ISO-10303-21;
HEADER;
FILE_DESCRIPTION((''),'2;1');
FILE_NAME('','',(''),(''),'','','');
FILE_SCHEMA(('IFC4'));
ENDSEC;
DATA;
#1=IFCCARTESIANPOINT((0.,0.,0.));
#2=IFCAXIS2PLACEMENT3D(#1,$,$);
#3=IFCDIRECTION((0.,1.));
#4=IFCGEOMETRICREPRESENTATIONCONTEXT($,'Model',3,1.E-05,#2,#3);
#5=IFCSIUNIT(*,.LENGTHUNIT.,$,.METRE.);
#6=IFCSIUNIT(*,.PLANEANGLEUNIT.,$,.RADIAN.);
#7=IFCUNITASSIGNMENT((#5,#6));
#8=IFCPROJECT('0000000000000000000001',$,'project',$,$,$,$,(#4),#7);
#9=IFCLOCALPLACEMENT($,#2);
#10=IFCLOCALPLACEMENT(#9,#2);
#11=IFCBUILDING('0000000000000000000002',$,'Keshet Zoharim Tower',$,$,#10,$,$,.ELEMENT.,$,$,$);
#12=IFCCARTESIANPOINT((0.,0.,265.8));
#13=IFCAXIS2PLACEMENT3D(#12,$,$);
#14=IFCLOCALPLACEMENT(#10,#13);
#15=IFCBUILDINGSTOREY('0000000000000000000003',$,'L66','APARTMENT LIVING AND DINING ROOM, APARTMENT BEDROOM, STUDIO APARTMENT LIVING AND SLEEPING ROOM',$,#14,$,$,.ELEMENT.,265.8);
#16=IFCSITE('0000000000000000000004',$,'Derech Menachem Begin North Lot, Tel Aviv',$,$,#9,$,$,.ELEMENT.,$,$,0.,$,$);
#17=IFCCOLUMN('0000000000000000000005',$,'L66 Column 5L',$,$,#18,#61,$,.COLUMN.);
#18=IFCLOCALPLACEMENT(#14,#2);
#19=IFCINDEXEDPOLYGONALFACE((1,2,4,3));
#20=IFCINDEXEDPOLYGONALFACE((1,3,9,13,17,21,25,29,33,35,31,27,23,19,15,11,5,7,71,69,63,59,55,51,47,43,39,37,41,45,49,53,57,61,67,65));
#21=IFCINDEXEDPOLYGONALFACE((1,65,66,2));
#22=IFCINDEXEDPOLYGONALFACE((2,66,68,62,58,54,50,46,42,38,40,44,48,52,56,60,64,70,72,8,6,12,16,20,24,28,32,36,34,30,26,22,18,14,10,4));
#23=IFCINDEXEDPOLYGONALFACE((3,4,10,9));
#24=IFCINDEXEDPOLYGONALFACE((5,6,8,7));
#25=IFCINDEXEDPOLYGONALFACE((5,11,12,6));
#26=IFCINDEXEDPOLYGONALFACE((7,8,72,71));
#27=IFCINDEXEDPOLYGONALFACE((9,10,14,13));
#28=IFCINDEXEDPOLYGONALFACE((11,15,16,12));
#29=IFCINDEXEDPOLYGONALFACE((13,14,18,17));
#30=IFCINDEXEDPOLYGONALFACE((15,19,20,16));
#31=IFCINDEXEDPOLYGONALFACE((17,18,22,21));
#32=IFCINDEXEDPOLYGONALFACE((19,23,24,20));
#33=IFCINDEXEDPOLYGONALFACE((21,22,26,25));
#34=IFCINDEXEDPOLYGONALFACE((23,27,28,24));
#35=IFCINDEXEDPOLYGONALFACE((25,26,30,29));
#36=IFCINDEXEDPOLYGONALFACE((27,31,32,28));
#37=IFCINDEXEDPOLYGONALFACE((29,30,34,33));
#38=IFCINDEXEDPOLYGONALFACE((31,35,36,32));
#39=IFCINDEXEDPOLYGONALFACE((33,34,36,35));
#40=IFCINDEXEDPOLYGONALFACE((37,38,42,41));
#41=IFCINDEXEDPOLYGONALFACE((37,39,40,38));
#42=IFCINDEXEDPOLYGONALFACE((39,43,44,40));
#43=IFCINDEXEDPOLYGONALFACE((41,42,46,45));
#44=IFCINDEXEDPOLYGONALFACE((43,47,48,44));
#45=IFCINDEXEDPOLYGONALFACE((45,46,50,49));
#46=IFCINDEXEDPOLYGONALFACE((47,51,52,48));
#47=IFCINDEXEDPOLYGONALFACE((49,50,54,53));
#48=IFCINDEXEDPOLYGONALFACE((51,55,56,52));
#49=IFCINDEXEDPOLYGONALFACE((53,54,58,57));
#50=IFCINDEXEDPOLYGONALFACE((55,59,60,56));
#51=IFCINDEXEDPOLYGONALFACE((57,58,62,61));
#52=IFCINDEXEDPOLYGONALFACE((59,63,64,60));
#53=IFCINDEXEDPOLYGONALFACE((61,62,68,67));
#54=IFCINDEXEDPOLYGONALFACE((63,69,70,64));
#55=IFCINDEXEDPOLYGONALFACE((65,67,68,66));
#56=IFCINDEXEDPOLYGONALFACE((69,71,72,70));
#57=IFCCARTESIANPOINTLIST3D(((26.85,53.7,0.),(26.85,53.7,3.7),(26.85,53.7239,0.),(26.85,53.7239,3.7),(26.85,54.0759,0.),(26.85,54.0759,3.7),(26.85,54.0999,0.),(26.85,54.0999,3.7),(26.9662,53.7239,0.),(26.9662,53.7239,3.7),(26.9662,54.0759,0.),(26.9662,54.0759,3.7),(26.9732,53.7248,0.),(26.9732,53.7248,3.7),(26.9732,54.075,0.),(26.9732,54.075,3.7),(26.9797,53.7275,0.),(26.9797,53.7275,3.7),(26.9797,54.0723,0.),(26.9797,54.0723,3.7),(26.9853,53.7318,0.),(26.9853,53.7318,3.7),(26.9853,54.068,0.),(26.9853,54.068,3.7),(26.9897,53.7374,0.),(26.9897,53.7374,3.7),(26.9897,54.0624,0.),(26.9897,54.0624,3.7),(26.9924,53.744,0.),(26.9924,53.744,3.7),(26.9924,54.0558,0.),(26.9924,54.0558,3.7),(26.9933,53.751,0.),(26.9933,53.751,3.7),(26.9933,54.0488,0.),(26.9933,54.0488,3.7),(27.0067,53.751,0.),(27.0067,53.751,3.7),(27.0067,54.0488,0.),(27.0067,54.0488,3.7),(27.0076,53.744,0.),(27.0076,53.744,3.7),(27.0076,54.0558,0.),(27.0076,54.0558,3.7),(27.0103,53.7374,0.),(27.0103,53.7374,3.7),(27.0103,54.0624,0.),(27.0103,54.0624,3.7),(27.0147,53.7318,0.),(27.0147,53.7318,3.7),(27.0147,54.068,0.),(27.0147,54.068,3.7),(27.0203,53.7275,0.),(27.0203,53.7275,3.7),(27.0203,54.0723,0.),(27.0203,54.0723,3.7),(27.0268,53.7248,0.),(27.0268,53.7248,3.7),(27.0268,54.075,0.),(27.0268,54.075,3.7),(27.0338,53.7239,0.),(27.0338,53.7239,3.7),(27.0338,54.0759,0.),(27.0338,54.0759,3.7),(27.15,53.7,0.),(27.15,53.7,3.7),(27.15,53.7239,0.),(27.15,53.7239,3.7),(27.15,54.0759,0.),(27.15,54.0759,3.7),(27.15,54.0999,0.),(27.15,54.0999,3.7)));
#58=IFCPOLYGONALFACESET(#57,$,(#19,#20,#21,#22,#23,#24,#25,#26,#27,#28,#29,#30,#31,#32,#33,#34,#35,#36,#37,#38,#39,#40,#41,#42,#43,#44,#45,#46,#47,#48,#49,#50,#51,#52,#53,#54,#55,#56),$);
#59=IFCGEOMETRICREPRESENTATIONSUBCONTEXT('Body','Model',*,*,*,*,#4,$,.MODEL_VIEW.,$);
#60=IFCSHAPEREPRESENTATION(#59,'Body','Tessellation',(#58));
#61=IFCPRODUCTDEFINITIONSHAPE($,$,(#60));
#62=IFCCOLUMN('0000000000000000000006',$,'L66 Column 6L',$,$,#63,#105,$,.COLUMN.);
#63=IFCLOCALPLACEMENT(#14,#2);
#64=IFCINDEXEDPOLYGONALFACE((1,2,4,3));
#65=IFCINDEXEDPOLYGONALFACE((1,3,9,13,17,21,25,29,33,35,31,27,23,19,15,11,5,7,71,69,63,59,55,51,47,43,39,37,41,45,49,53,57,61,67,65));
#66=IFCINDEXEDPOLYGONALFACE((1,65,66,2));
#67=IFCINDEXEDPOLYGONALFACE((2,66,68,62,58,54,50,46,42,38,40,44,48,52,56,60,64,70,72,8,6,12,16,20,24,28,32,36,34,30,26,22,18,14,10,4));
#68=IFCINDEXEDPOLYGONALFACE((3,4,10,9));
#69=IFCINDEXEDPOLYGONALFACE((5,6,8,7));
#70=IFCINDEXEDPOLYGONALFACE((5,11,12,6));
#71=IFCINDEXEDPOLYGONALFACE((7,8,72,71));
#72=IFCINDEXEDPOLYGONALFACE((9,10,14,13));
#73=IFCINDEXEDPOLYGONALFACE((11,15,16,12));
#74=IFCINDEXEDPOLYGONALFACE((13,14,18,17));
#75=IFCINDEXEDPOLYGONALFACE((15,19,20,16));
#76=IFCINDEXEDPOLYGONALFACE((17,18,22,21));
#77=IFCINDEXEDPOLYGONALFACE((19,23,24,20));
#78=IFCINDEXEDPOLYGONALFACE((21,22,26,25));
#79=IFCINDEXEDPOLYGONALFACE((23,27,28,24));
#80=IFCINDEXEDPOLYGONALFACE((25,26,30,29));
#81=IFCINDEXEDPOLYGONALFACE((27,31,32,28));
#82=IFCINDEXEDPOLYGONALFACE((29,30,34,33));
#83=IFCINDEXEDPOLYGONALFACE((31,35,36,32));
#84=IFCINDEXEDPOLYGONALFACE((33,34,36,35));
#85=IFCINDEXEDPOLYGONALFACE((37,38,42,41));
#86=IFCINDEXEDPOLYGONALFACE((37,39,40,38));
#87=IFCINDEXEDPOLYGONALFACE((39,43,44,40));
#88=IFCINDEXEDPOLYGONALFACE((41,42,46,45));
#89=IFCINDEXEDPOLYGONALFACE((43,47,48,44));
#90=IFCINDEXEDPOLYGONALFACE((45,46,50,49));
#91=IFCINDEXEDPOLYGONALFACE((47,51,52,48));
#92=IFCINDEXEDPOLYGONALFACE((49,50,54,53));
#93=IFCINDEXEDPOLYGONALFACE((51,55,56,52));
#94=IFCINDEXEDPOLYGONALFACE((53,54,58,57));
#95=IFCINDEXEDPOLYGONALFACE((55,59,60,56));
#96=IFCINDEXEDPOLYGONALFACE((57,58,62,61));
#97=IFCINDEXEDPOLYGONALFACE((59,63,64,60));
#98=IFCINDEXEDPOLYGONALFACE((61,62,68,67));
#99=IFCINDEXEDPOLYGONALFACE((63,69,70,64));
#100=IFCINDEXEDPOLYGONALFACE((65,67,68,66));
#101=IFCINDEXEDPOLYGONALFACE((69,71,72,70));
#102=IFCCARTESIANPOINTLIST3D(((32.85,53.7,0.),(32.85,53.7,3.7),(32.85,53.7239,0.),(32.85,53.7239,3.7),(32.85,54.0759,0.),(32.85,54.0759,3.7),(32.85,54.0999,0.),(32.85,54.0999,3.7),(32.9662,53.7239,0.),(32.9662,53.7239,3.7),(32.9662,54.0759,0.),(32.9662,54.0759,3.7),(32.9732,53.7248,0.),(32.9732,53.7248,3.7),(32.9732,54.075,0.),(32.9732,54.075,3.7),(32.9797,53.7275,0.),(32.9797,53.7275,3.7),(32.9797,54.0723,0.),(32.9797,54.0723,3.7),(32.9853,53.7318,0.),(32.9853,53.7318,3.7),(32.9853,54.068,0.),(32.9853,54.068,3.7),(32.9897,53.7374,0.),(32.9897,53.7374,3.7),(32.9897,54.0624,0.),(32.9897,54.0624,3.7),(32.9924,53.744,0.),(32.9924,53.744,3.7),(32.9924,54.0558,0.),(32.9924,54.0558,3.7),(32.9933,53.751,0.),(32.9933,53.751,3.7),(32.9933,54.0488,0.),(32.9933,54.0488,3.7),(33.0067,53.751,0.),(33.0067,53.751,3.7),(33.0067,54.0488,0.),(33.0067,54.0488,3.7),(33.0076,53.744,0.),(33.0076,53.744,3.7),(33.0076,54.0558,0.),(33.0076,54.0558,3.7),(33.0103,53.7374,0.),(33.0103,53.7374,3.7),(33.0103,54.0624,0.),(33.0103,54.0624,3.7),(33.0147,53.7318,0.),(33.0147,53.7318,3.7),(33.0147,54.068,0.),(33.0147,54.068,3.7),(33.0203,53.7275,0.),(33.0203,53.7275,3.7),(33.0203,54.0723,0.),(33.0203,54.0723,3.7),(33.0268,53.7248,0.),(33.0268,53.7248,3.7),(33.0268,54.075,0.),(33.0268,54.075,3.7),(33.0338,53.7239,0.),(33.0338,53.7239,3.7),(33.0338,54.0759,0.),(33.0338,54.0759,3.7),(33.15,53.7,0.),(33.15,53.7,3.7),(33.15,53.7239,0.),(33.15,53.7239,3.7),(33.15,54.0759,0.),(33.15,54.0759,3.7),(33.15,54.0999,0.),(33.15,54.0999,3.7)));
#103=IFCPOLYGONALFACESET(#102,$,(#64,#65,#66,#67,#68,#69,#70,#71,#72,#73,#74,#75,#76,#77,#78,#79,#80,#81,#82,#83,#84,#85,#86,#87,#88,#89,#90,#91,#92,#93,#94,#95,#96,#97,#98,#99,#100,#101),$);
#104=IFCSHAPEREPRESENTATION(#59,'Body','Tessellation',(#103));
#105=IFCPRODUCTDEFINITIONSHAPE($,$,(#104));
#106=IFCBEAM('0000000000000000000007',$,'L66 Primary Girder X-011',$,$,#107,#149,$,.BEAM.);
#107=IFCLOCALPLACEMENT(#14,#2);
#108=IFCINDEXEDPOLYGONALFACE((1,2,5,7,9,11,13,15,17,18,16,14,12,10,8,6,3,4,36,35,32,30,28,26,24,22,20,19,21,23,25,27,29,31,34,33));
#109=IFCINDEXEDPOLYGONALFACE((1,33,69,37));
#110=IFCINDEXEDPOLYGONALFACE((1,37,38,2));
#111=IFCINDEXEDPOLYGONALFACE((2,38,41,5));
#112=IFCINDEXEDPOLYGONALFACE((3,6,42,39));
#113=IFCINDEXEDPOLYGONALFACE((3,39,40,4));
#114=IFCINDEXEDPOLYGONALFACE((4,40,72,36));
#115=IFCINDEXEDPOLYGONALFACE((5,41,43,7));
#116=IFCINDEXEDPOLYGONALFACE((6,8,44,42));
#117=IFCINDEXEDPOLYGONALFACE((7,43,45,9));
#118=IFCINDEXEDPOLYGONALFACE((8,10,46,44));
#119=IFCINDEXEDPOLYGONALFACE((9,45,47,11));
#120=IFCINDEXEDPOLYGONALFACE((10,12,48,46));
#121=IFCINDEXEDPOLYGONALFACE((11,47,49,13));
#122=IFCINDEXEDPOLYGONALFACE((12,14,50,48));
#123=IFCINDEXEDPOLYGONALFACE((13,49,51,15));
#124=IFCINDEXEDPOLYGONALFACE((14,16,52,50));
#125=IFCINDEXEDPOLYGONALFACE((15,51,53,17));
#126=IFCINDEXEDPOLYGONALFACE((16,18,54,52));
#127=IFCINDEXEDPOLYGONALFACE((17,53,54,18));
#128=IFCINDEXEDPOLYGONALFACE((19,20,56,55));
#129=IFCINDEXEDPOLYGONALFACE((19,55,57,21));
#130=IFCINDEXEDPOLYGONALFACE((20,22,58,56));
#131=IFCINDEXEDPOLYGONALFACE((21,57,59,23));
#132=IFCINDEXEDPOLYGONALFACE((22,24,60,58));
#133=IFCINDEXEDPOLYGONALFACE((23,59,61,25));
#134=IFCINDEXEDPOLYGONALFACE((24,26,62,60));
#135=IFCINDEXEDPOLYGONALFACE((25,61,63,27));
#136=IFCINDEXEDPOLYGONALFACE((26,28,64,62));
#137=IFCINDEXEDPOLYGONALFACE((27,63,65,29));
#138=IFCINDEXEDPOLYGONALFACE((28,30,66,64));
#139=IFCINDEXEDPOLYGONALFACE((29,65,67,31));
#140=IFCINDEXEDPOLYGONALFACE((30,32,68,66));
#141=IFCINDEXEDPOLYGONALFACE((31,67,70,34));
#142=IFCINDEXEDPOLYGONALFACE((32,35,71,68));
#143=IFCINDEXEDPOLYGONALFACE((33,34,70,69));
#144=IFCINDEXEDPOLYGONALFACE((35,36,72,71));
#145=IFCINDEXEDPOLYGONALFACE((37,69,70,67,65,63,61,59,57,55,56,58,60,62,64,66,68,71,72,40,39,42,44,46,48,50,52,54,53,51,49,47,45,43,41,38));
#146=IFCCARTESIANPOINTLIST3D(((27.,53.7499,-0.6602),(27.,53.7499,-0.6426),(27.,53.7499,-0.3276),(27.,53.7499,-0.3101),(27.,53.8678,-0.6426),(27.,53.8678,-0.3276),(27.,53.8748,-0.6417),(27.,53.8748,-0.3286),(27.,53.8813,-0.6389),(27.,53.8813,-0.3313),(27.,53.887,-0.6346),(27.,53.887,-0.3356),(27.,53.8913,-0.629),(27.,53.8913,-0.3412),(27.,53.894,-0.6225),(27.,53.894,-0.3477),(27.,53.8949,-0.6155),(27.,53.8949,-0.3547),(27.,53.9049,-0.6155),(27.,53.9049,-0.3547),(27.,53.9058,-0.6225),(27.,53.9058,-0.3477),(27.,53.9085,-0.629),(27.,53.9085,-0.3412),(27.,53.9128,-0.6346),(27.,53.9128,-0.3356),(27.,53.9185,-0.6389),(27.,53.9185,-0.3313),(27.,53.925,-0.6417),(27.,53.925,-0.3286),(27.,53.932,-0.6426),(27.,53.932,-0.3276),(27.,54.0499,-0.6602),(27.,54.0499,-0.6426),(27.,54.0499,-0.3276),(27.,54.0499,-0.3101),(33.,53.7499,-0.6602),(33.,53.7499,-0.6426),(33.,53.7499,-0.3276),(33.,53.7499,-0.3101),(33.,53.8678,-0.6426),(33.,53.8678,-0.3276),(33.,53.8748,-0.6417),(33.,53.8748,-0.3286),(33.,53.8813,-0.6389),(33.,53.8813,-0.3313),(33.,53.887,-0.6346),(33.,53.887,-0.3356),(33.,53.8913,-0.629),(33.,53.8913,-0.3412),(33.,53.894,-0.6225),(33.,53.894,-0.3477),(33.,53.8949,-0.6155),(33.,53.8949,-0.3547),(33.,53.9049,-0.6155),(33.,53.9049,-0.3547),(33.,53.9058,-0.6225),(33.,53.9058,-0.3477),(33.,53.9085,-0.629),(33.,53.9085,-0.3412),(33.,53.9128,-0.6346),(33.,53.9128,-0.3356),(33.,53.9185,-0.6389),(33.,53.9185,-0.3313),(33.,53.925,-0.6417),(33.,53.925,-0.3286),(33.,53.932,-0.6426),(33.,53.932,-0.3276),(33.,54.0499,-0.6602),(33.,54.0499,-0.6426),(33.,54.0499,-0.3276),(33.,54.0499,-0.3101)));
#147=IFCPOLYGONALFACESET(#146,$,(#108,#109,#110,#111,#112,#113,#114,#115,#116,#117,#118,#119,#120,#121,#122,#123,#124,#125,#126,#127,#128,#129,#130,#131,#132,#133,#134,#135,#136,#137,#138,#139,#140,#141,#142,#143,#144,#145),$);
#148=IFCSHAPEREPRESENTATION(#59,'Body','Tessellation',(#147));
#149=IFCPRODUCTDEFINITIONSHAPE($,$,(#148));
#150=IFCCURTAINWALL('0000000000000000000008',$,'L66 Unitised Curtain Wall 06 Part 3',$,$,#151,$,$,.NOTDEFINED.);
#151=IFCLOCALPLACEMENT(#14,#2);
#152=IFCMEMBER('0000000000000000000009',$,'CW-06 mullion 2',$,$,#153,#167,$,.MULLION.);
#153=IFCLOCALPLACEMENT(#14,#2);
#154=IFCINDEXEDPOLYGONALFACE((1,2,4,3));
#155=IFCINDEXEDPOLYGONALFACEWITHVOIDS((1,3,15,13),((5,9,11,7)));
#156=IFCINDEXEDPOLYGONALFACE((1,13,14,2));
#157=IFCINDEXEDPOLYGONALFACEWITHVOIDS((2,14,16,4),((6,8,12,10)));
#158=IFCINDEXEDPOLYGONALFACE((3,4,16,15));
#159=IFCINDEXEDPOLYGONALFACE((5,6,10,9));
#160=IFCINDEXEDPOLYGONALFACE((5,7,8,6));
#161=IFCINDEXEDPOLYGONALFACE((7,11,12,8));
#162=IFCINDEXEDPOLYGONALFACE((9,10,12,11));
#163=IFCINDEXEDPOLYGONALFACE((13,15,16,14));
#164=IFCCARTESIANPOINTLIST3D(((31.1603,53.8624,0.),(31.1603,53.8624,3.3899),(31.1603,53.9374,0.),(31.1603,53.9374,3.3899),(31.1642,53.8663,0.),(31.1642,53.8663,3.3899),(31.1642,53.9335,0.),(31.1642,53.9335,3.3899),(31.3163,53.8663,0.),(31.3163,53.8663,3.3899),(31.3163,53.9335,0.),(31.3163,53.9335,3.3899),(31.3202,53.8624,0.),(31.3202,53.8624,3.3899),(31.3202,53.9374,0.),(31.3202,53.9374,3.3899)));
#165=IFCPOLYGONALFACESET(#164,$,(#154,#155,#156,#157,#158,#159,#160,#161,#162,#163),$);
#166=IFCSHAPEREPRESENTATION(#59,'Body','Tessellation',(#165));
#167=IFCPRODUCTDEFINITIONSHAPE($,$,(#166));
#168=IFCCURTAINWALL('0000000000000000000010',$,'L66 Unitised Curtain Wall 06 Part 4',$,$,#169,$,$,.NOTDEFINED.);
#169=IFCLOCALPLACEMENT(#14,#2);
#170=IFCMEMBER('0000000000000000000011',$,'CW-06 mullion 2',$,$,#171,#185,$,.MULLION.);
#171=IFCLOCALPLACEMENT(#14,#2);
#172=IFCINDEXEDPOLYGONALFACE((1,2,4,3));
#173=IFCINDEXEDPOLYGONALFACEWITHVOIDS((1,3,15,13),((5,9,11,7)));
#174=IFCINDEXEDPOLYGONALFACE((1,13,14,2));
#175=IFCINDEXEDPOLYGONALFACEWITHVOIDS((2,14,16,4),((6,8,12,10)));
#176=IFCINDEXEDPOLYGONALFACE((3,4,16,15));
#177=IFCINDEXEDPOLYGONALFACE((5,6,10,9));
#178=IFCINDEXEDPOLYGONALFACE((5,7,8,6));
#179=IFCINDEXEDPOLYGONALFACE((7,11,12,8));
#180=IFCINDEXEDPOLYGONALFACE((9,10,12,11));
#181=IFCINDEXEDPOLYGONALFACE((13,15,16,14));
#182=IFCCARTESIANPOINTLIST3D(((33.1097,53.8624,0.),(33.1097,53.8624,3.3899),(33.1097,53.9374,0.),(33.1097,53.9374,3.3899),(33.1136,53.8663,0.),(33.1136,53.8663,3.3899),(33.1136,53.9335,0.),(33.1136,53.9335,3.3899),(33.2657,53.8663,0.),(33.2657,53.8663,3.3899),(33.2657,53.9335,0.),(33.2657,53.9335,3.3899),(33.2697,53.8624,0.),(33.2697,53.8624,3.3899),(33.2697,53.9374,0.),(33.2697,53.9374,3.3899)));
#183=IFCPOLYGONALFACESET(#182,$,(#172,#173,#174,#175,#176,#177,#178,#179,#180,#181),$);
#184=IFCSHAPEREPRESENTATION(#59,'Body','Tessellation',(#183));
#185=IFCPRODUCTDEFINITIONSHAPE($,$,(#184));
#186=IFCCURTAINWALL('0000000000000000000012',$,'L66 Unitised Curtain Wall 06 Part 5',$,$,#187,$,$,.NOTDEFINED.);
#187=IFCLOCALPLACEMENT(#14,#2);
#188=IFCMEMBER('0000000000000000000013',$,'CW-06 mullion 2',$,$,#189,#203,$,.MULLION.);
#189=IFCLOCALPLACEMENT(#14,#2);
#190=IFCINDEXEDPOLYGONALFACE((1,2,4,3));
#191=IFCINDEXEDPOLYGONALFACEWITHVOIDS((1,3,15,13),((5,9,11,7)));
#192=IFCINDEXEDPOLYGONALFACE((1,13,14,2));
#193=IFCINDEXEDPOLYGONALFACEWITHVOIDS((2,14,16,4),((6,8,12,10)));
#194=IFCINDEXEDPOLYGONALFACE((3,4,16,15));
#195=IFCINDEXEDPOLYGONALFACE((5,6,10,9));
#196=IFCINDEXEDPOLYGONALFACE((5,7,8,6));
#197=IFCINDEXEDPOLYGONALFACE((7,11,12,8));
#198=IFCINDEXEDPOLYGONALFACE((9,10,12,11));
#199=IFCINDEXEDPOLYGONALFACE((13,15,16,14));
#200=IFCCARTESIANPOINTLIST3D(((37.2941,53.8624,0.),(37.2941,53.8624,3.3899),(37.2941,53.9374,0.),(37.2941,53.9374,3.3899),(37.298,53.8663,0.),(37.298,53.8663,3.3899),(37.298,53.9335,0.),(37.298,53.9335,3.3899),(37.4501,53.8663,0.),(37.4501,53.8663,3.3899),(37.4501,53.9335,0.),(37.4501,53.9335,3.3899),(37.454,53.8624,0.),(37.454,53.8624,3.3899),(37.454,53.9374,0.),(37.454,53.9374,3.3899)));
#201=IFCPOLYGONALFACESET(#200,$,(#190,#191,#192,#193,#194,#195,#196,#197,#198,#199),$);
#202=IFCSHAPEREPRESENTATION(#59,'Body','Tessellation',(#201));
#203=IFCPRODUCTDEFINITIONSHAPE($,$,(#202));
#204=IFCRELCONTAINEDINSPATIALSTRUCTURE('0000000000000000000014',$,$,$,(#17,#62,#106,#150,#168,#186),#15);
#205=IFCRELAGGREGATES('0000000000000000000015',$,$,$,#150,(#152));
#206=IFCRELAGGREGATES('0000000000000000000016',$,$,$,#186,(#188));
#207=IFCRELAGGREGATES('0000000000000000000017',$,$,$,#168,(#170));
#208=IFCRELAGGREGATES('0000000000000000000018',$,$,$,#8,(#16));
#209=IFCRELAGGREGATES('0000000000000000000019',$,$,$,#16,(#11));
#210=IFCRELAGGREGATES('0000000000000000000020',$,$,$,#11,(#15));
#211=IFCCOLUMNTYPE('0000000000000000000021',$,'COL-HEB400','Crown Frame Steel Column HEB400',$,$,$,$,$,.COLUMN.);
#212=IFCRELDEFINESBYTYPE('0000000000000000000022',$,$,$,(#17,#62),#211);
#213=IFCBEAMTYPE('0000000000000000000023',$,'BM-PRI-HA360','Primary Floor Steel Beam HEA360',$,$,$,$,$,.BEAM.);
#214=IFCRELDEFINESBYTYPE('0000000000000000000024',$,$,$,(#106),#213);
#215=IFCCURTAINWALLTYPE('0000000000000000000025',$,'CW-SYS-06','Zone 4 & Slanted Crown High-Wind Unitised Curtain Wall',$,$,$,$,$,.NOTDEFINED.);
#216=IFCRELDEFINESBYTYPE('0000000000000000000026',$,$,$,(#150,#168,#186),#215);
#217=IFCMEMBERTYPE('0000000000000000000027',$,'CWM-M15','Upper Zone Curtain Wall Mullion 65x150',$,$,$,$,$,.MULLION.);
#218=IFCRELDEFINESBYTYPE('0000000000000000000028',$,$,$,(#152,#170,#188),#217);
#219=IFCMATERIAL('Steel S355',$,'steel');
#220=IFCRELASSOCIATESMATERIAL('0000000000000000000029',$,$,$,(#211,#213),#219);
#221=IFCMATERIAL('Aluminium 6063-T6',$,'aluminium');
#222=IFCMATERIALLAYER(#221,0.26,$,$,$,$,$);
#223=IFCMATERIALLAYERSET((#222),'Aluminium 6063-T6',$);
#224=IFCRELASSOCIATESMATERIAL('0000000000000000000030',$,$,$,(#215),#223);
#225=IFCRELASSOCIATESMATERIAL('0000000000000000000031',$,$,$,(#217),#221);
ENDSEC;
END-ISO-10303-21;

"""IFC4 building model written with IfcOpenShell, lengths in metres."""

from ifc_helpers import new_model, si_unit, direction, frame, origin, origin_2d, place, context, subcontext, project, spatial, hollow_rectangle, i_section, extrude, material, layer, layer_set, material_profile, profile_set, type_object, element, aggregate, save


model = new_model("IFC4")

# Units and contexts
model_context = context("Model", 3, precision=1e-05, world=origin(), true_north=direction((0.0, 1.0)))
body_context = subcontext(model_context, "Body", "Model", "MODEL_VIEW")
ifc_project = project(units=[si_unit("LENGTHUNIT", "METRE"), si_unit("PLANEANGLEUNIT", "RADIAN")], contexts=[model_context])

# Site, building, storey
site_placement = place(None, origin())
site = spatial("IfcSite", under=ifc_project, at=site_placement, Name="Derech Menachem Begin North Lot, Tel Aviv", CompositionType="ELEMENT", RefElevation=0.0)
building_placement = place(site_placement, origin())
building = spatial("IfcBuilding", under=site, at=building_placement, Name="Keshet Zoharim Tower", CompositionType="ELEMENT")
storey_placement = place(building_placement, frame((0.0, 0.0, 265.8)))
storey = spatial("IfcBuildingStorey", under=building, at=storey_placement, Name="L66", Description="APARTMENT LIVING AND DINING ROOM, APARTMENT BEDROOM, STUDIO APARTMENT LIVING AND SLEEPING ROOM", CompositionType="ELEMENT", Elevation=265.8)

# Columns
ifc_material_1 = material(Name="Steel S355", Category="steel")
ifc_material_profile_1 = material_profile(ifc_material_1, i_section(OverallWidth=0.3, OverallDepth=0.3999, WebThickness=0.0134, FlangeThickness=0.0239, FilletRadius=0.0271, at=origin_2d()), Name="HEB400")
ifc_profile_set_1 = profile_set([ifc_material_profile_1], Name="Steel S355")
column_type = type_object("IfcColumnType", Name="COL-HEB400", Description="Crown Frame Steel Column HEB400", PredefinedType="COLUMN", material=ifc_profile_set_1)
for number, where, z_axis, x_axis, name in (
    (1, (27.0, 53.8999, 0.0), (0.0, 0.0, 1.0), (1.0, 0.0, 0.0), "L66 Column 5L"),
    (2, (33.0, 53.8999, 0.0), (0.0, 0.0, 1.0), (1.0, 0.0, 0.0), "L66 Column 6L"),
):
    element("IfcColumn", number, at=place(storey_placement, frame(where, z_axis=z_axis, x_axis=x_axis)), inside=storey, type_object=column_type, Name=name, PredefinedType="COLUMN", context=body_context, shape_type="SweptSolid", body=[
        extrude(i_section(OverallWidth=0.3, OverallDepth=0.3999, WebThickness=0.0134, FlangeThickness=0.0239, FilletRadius=0.0271, at=origin_2d()), origin(), (0.0, 0.0, 1.0), 3.7),
    ])

# Beam
ifc_material_profile_2 = material_profile(ifc_material_1, i_section(OverallWidth=0.3, OverallDepth=0.3501, WebThickness=0.01, FlangeThickness=0.0176, FilletRadius=0.0271, at=origin_2d()), Name="HEA360")
ifc_profile_set_2 = profile_set([ifc_material_profile_2], Name="Steel S355")
beam_type = type_object("IfcBeamType", Name="BM-PRI-HA360", Description="Primary Floor Steel Beam HEA360", PredefinedType="BEAM", material=ifc_profile_set_2)
beam_placement = place(storey_placement, frame((27.0, 53.8999, -0.4851), z_axis=(1.0, 0.0, 0.0), x_axis=(0.0, 1.0, 0.0)))
element("IfcBeam", 3, at=beam_placement, inside=storey, type_object=beam_type, Name="L66 Primary Girder X-011", PredefinedType="BEAM", context=body_context, shape_type="SweptSolid", body=[
    extrude(i_section(OverallWidth=0.3, OverallDepth=0.3501, WebThickness=0.01, FlangeThickness=0.0176, FilletRadius=0.0271, at=origin_2d()), origin(), (0.0, 0.0, 1.0), 6.0),
])

# Curtain walls, members
ifc_material_2 = material(Name="Aluminium 6063-T6", Category="aluminium")
ifc_layer_1 = layer(ifc_material_2, 0.26)
ifc_layer_set_1 = layer_set([ifc_layer_1], Name="Aluminium 6063-T6")
curtain_wall_type = type_object("IfcCurtainWallType", Name="CW-SYS-06", Description="Zone 4 & Slanted Crown High-Wind Unitised Curtain Wall", PredefinedType="NOTDEFINED", material=ifc_layer_set_1)
curtain_wall_1_placement = place(storey_placement, origin())
curtain_wall_1 = element("IfcCurtainWall", 4, at=curtain_wall_1_placement, inside=storey, type_object=curtain_wall_type, Name="L66 Unitised Curtain Wall 06 Part 3", PredefinedType="NOTDEFINED")
ifc_material_profile_3 = material_profile(ifc_material_2, hollow_rectangle(XDim=0.075, YDim=0.1599, WallThickness=0.0039, at=origin_2d()), Name="MUL-75x160")
ifc_profile_set_3 = profile_set([ifc_material_profile_3], Name="Aluminium 6063-T6")
member_type_1 = type_object("IfcMemberType", Name="CWM-M15", Description="Upper Zone Curtain Wall Mullion 65x150", PredefinedType="MULLION", material=ifc_profile_set_3)
member_1_placement = place(storey_placement, frame((31.2402, 53.8999, 0.0), z_axis=(0.0, 0.0, 1.0), x_axis=(0.0, 1.0, 0.0)))
member_1 = element("IfcMember", 5, at=member_1_placement, type_object=member_type_1, Name="CW-06 mullion 2", PredefinedType="MULLION", context=body_context, shape_type="SweptSolid", body=[
    extrude(hollow_rectangle(XDim=0.075, YDim=0.1599, WallThickness=0.0039, at=origin_2d()), origin(), (0.0, 0.0, 1.0), 3.3899),
])
curtain_wall_2_placement = place(storey_placement, origin())
curtain_wall_2 = element("IfcCurtainWall", 6, at=curtain_wall_2_placement, inside=storey, type_object=curtain_wall_type, Name="L66 Unitised Curtain Wall 06 Part 4", PredefinedType="NOTDEFINED")
member_2_placement = place(storey_placement, frame((33.1897, 53.8999, 0.0), z_axis=(0.0, 0.0, 1.0), x_axis=(0.0, 1.0, 0.0)))
member_2 = element("IfcMember", 7, at=member_2_placement, type_object=member_type_1, Name="CW-06 mullion 2", PredefinedType="MULLION", context=body_context, shape_type="SweptSolid", body=[
    extrude(hollow_rectangle(XDim=0.075, YDim=0.1599, WallThickness=0.0039, at=origin_2d()), origin(), (0.0, 0.0, 1.0), 3.3899),
])
curtain_wall_3_placement = place(storey_placement, origin())
curtain_wall_3 = element("IfcCurtainWall", 8, at=curtain_wall_3_placement, inside=storey, type_object=curtain_wall_type, Name="L66 Unitised Curtain Wall 06 Part 5", PredefinedType="NOTDEFINED")
member_3_placement = place(storey_placement, frame((37.374, 53.8999, 0.0), z_axis=(0.0, 0.0, 1.0), x_axis=(0.0, 1.0, 0.0)))
member_3 = element("IfcMember", 9, at=member_3_placement, type_object=member_type_1, Name="CW-06 mullion 2", PredefinedType="MULLION", context=body_context, shape_type="SweptSolid", body=[
    extrude(hollow_rectangle(XDim=0.075, YDim=0.1599, WallThickness=0.0039, at=origin_2d()), origin(), (0.0, 0.0, 1.0), 3.3899),
])

aggregate(curtain_wall_1, [member_1])
aggregate(curtain_wall_3, [member_3])
aggregate(curtain_wall_2, [member_2])

save(model, "model.ifc")
